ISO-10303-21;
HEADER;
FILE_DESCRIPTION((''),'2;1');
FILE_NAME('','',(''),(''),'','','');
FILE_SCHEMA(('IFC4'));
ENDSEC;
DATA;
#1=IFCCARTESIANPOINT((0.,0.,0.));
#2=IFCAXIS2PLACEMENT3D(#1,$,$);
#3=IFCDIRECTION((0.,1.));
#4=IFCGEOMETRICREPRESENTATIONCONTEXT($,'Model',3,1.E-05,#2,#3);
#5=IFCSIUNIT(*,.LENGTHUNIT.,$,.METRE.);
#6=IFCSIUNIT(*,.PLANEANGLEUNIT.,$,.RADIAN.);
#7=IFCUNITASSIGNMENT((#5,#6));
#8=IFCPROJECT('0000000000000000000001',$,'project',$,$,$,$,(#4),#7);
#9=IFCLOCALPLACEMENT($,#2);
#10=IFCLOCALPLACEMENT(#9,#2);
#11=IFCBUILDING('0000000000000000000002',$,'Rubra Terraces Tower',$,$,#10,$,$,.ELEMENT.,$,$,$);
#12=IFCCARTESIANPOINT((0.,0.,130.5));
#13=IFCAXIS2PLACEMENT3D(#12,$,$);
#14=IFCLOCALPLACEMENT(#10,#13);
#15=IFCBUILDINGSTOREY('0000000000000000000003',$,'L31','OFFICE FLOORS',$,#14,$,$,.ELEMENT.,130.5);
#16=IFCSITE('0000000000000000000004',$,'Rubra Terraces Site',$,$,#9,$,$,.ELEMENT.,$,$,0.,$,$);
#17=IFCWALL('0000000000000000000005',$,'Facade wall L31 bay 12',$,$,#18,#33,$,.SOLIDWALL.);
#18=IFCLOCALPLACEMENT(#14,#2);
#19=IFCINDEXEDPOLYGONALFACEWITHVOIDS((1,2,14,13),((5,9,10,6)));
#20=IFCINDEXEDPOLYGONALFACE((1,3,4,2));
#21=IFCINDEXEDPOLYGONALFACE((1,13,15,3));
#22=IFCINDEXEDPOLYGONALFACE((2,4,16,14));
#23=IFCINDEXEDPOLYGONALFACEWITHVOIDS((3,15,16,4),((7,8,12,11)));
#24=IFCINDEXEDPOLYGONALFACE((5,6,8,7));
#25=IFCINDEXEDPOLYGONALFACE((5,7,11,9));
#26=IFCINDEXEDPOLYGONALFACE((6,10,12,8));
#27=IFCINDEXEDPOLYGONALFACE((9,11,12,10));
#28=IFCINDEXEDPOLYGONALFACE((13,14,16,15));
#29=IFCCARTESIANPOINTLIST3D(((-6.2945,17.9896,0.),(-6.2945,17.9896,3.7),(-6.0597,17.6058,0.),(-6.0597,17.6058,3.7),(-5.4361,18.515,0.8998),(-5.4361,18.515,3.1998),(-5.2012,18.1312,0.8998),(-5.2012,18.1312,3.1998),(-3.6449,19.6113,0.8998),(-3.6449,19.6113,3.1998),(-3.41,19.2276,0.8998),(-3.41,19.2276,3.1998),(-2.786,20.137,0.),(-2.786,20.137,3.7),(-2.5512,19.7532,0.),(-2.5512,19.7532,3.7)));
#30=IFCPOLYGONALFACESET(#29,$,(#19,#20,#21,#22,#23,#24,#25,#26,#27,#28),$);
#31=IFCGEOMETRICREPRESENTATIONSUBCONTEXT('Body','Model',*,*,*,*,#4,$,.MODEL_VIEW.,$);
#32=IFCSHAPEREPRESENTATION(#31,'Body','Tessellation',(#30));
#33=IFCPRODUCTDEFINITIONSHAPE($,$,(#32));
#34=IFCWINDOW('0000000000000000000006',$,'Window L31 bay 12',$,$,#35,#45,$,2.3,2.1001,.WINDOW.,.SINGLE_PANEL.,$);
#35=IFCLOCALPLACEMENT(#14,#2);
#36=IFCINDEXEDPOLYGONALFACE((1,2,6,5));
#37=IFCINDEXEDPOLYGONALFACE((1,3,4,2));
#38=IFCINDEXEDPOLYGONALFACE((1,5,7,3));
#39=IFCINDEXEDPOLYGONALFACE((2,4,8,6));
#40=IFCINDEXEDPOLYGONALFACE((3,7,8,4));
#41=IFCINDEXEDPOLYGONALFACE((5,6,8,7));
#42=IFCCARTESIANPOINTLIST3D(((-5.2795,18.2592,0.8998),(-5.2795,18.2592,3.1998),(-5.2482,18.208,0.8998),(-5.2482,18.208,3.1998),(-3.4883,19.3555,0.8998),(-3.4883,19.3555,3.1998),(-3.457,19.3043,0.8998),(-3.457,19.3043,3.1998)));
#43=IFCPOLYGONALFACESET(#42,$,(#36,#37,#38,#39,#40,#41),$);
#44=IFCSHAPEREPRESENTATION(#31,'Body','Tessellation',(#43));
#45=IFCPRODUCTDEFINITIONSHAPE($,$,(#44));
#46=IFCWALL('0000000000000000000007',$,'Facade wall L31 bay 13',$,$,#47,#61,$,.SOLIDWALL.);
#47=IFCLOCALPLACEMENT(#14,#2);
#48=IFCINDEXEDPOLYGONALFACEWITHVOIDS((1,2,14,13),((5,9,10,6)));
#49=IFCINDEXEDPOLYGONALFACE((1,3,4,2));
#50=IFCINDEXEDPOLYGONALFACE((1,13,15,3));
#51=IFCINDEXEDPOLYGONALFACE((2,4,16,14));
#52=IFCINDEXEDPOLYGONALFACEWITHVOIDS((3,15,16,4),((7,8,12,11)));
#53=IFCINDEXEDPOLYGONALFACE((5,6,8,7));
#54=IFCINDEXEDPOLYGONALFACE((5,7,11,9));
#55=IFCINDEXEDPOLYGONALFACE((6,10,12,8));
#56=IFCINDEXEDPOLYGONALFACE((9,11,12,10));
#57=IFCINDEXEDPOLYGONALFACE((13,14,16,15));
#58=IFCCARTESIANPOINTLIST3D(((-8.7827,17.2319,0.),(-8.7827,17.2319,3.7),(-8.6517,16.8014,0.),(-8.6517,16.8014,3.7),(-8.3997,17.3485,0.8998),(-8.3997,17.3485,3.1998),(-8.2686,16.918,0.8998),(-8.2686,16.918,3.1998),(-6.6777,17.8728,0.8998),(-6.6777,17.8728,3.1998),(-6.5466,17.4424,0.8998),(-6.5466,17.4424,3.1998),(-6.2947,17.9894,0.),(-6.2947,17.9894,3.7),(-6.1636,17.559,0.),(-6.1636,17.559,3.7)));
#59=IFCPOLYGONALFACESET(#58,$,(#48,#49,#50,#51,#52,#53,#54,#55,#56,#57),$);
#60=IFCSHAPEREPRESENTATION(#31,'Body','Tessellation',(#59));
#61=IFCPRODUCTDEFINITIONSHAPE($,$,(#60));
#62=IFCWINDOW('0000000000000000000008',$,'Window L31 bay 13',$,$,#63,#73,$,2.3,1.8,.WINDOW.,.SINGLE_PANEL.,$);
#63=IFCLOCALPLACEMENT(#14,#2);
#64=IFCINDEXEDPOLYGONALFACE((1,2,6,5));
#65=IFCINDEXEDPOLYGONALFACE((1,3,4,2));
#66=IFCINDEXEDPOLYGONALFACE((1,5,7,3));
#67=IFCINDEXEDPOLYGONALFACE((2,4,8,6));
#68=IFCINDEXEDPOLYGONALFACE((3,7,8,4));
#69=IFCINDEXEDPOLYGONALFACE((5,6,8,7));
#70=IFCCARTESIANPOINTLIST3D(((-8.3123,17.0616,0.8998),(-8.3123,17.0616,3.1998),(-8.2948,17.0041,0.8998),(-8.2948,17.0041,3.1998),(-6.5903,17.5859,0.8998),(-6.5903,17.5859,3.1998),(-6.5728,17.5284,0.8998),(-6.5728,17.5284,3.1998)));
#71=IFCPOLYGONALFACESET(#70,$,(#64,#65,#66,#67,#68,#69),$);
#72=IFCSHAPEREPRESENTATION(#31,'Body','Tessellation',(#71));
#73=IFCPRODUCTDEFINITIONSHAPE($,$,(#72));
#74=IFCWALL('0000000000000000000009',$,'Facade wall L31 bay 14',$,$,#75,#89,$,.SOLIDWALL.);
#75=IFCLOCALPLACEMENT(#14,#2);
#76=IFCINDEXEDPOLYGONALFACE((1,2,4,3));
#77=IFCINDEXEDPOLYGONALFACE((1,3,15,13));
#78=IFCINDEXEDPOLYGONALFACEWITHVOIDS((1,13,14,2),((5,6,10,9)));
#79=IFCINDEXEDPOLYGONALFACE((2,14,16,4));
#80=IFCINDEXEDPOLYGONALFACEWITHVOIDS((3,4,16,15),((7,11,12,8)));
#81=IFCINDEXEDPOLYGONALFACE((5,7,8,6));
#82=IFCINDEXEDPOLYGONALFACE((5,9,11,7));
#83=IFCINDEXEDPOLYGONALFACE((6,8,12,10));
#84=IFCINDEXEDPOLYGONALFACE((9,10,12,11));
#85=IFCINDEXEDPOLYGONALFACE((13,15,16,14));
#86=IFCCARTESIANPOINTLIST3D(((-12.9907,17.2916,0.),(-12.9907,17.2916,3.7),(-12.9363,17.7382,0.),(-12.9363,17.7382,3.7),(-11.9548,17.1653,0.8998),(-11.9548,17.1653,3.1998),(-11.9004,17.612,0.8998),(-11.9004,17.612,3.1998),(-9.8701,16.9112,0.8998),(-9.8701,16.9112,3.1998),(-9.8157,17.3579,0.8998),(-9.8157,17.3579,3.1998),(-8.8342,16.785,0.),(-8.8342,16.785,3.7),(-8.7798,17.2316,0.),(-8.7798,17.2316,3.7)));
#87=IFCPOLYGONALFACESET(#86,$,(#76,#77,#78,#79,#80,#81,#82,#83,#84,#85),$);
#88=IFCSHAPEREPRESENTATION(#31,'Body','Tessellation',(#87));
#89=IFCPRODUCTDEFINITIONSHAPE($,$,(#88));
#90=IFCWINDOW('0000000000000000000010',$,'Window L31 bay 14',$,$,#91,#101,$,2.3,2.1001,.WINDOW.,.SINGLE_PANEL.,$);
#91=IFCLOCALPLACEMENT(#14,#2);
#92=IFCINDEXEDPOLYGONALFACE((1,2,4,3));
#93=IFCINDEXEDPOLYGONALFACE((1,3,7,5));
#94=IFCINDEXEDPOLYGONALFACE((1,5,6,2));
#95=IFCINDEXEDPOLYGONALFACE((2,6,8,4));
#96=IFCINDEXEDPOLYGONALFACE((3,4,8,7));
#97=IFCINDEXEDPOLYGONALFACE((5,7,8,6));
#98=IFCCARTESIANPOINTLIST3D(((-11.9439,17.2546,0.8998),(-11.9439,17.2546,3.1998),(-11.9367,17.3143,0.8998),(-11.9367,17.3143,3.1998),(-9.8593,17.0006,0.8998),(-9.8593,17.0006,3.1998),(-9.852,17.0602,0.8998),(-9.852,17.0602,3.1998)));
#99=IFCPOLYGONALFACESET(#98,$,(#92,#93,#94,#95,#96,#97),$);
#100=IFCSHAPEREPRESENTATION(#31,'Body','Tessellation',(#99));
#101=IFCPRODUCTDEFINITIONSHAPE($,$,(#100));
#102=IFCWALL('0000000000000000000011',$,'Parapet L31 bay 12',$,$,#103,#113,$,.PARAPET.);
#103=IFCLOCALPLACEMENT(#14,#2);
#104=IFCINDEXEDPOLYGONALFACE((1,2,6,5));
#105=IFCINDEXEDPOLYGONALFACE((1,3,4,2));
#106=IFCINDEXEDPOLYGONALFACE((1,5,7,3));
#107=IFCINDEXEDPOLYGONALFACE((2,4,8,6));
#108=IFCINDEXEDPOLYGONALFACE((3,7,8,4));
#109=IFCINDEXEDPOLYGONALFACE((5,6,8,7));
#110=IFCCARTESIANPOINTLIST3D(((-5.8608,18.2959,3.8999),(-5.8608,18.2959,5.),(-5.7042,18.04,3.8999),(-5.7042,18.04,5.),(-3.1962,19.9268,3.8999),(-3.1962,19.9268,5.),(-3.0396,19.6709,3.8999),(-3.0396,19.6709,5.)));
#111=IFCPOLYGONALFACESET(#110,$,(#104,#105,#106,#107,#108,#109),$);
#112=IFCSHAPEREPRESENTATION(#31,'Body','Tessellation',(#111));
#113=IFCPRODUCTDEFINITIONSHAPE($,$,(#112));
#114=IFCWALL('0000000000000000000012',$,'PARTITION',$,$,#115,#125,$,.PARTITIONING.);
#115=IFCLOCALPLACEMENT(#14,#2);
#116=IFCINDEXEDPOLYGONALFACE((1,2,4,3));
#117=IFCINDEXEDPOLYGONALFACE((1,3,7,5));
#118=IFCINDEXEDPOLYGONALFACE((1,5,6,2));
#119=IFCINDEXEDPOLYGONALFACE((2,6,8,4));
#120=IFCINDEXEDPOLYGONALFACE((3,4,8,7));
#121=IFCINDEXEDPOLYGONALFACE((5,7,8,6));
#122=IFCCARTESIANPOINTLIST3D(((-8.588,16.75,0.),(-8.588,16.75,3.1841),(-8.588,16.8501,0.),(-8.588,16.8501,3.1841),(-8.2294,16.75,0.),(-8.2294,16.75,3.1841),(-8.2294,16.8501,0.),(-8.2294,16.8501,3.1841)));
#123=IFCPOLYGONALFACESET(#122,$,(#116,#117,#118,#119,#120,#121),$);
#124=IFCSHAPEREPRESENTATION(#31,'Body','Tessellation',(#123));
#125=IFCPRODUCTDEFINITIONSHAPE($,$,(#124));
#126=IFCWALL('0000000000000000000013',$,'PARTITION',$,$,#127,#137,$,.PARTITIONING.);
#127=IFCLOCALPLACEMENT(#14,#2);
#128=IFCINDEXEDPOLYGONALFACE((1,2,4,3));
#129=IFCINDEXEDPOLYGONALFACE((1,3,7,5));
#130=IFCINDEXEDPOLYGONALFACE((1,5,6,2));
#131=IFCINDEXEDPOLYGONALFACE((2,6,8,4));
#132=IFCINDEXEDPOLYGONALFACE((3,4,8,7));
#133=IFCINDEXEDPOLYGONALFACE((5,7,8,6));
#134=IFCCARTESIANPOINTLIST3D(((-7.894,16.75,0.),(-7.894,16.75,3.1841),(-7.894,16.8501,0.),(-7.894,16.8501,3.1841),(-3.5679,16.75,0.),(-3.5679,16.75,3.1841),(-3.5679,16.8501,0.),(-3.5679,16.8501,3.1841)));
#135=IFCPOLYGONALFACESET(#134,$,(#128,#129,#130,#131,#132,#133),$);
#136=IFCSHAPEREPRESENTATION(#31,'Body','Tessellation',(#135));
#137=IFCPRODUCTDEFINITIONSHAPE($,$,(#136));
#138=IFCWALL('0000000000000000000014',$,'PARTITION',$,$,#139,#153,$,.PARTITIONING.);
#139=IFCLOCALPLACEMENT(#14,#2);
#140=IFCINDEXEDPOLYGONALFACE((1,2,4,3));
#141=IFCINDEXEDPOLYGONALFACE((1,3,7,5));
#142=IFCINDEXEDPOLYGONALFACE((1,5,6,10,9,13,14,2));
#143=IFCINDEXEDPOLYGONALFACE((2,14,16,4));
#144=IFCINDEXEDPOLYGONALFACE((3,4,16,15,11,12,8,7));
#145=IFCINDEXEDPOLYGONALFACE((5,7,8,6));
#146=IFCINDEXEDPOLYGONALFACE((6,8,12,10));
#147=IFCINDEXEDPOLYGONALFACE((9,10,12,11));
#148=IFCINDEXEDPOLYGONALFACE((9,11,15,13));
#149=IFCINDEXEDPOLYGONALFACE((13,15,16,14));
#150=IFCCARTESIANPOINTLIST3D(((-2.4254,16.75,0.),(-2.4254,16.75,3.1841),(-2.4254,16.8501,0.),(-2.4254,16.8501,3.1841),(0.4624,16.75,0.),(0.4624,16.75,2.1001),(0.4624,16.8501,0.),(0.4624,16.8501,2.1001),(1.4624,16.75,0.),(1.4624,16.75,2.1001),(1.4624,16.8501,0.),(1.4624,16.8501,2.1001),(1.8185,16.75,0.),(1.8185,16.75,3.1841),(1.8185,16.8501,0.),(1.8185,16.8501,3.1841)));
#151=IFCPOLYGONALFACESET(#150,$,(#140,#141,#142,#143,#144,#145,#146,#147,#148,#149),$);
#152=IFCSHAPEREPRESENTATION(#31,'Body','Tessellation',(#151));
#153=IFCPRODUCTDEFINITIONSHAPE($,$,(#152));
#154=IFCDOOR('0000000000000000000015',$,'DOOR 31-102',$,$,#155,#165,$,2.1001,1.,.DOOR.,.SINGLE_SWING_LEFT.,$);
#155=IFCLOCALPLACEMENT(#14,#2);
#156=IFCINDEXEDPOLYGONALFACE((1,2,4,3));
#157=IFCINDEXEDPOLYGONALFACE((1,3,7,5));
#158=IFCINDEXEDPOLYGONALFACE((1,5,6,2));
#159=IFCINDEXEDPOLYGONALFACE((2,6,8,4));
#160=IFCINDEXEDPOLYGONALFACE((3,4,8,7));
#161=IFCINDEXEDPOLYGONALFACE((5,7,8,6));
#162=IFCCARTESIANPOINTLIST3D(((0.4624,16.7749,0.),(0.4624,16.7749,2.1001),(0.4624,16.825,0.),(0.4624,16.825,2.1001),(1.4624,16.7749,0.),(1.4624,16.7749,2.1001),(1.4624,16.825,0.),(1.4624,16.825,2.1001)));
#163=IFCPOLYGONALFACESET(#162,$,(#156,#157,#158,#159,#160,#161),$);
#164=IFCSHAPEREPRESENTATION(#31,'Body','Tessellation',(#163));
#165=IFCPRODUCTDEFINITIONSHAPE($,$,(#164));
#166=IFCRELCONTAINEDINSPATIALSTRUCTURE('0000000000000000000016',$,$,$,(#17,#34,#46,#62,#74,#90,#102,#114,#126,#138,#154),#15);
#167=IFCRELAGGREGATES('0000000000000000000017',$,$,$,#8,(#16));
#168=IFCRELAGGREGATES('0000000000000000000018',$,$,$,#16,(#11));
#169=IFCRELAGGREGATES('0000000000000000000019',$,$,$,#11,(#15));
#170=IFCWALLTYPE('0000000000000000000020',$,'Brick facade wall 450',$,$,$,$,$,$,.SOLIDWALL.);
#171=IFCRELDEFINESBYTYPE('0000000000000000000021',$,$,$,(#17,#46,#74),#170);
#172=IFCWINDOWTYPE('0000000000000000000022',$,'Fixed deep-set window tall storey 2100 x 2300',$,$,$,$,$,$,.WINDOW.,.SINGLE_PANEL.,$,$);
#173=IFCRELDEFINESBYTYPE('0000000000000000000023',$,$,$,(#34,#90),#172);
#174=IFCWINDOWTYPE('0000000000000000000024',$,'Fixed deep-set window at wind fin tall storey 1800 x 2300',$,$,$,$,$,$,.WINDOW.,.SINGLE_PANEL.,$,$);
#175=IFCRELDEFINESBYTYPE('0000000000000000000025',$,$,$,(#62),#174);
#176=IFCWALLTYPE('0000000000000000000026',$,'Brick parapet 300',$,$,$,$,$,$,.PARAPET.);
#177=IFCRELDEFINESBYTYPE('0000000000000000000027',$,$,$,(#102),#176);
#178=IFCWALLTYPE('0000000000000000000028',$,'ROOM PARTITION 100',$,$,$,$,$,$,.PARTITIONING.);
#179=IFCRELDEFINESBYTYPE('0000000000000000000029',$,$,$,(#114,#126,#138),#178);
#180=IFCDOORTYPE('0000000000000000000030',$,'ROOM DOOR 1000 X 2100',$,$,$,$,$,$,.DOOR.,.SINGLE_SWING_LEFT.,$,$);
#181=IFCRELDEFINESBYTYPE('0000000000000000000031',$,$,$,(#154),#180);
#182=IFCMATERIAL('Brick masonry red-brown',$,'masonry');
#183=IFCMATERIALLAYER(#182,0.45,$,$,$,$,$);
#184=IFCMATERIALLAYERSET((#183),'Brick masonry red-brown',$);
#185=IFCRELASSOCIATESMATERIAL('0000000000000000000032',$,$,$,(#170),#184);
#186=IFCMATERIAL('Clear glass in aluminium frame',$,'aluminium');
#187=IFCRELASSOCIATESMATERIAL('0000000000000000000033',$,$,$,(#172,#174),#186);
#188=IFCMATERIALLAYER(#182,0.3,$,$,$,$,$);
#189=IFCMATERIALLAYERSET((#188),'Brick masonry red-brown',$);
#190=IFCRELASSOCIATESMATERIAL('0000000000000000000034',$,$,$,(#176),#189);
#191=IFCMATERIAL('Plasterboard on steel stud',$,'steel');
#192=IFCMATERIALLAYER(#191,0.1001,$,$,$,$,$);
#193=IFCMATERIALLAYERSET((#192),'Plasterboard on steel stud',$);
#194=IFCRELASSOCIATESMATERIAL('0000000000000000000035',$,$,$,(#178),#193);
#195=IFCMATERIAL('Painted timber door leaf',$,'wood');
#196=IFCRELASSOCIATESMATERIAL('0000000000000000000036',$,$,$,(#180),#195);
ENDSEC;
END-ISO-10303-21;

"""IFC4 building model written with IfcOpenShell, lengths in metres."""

from ifc_helpers import new_model, si_unit, direction, frame, frame_2d, origin, place, context, subcontext, project, spatial, rectangle, extrude, material, layer, layer_set, type_object, element, fill, save


model = new_model("IFC4")

# Units and contexts
model_context = context("Model", 3, precision=1e-05, world=origin(), true_north=direction((0.0, 1.0)))
body_context = subcontext(model_context, "Body", "Model", "MODEL_VIEW")
ifc_project = project(units=[si_unit("LENGTHUNIT", "METRE"), si_unit("PLANEANGLEUNIT", "RADIAN")], contexts=[model_context])

# Site, building, storey
site_placement = place(None, origin())
site = spatial("IfcSite", under=ifc_project, at=site_placement, Name="Rubra Terraces Site", CompositionType="ELEMENT", RefElevation=0.0)
building_placement = place(site_placement, origin())
building = spatial("IfcBuilding", under=site, at=building_placement, Name="Rubra Terraces Tower", CompositionType="ELEMENT")
storey_placement = place(building_placement, frame((0.0, 0.0, 130.5)))
storey = spatial("IfcBuildingStorey", under=building, at=storey_placement, Name="L31", Description="OFFICE FLOORS", CompositionType="ELEMENT", Elevation=130.5)

# Walls, openings, windows
ifc_material_1 = material(Name="Brick masonry red-brown", Category="masonry")
ifc_layer_1 = layer(ifc_material_1, 0.45)
ifc_layer_set_1 = layer_set([ifc_layer_1], Name="Brick masonry red-brown")
wall_type_1 = type_object("IfcWallType", Name="Brick facade wall 450", PredefinedType="SOLIDWALL", material=ifc_layer_set_1)
wall_1_placement = place(storey_placement, frame((-2.6687, 19.9451, 0.0), z_axis=(0.0, 0.0, 1.0), x_axis=(-0.852919, -0.522043, 0.0)))
wall_1 = element("IfcWall", 1, at=wall_1_placement, inside=storey, type_object=wall_type_1, Name="Facade wall L31 bay 12", PredefinedType="SOLIDWALL", context=body_context, shape_type="SweptSolid", body=[
    extrude(rectangle(XDim=4.1135, YDim=0.45, at=frame_2d((2.0566, 0.0))), origin(), (0.0, 0.0, 1.0), 3.7),
])
opening_1_placement = place(wall_1_placement, frame((1.0068, 0.0, 0.8999)))
opening_1 = element("IfcOpeningElement", 2, at=opening_1_placement, cuts=wall_1, PredefinedType="OPENING", context=body_context, shape_type="SweptSolid", body=[
    extrude(rectangle(XDim=2.1001, YDim=2.3, at=frame_2d((1.05, 1.1499))), frame((0.0, 0.2349, 0.0), z_axis=(0.0, -1.0, 0.0), x_axis=(1.0, 0.0, 0.0)), (0.0, 0.0, 1.0), 0.47),
])
ifc_material_2 = material(Name="Clear glass in aluminium frame", Category="aluminium")
window_type_1 = type_object("IfcWindowType", Name="Fixed deep-set window tall storey 2100 x 2300", PartitioningType="SINGLE_PANEL", PredefinedType="WINDOW", material=ifc_material_2)
window_1_placement = place(opening_1_placement, origin())
window_1 = element("IfcWindow", 3, at=window_1_placement, inside=storey, type_object=window_type_1, Name="Window L31 bay 12", OverallHeight=2.3, OverallWidth=2.1001, PartitioningType="SINGLE_PANEL", PredefinedType="WINDOW", context=body_context, shape_type="SweptSolid", body=[
    extrude(rectangle(XDim=2.1001, YDim=2.3, at=frame_2d((1.05, 1.1499))), frame((0.0, 0.135, 0.0), z_axis=(0.0, -1.0, 0.0), x_axis=(1.0, 0.0, 0.0)), (0.0, 0.0, 1.0), 0.0601),
])
fill(opening_1, window_1)
wall_2_placement = place(storey_placement, frame((-6.2292, 17.7742, 0.0), z_axis=(0.0, 0.0, 1.0), x_axis=(-0.956637, -0.291281, 0.0)))
wall_2 = element("IfcWall", 4, at=wall_2_placement, inside=storey, type_object=wall_type_1, Name="Facade wall L31 bay 13", PredefinedType="SOLIDWALL", context=body_context, shape_type="SweptSolid", body=[
    extrude(rectangle(XDim=2.6008, YDim=0.45, at=frame_2d((1.3003, 0.0))), origin(), (0.0, 0.0, 1.0), 3.7),
])
opening_2_placement = place(wall_2_placement, frame((0.4004, 0.0, 0.8999)))
opening_2 = element("IfcOpeningElement", 5, at=opening_2_placement, cuts=wall_2, PredefinedType="OPENING", context=body_context, shape_type="SweptSolid", body=[
    extrude(rectangle(XDim=1.8, YDim=2.3, at=frame_2d((0.8999, 1.1499))), frame((0.0, 0.2349, 0.0), z_axis=(0.0, -1.0, 0.0), x_axis=(1.0, 0.0, 0.0)), (0.0, 0.0, 1.0), 0.47),
])
window_type_2 = type_object("IfcWindowType", Name="Fixed deep-set window at wind fin tall storey 1800 x 2300", PartitioningType="SINGLE_PANEL", PredefinedType="WINDOW", material=ifc_material_2)
window_2_placement = place(opening_2_placement, origin())
window_2 = element("IfcWindow", 6, at=window_2_placement, inside=storey, type_object=window_type_2, Name="Window L31 bay 13", OverallHeight=2.3, OverallWidth=1.8, PartitioningType="SINGLE_PANEL", PredefinedType="WINDOW", context=body_context, shape_type="SweptSolid", body=[
    extrude(rectangle(XDim=1.8, YDim=2.3, at=frame_2d((0.8999, 1.1499))), frame((0.0, 0.135, 0.0), z_axis=(0.0, -1.0, 0.0), x_axis=(1.0, 0.0, 0.0)), (0.0, 0.0, 1.0), 0.0601),
])
fill(opening_2, window_2)
wall_3_placement = place(storey_placement, frame((-8.8069, 17.0083, 0.0), z_axis=(0.0, 0.0, 1.0), x_axis=(-0.992654, 0.120984, 0.0)))
wall_3 = element("IfcWall", 7, at=wall_3_placement, inside=storey, type_object=wall_type_1, Name="Facade wall L31 bay 14", PredefinedType="SOLIDWALL", context=body_context, shape_type="SweptSolid", body=[
    extrude(rectangle(XDim=4.1873, YDim=0.45, at=frame_2d((2.0938, 0.0))), origin(), (0.0, 0.0, 1.0), 3.7),
])
opening_3_placement = place(wall_3_placement, frame((1.0437, 0.0, 0.8999)))
opening_3 = element("IfcOpeningElement", 8, at=opening_3_placement, cuts=wall_3, PredefinedType="OPENING", context=body_context, shape_type="SweptSolid", body=[
    extrude(rectangle(XDim=2.1001, YDim=2.3, at=frame_2d((1.05, 1.1499))), frame((0.0, 0.2349, 0.0), z_axis=(0.0, -1.0, 0.0), x_axis=(1.0, 0.0, 0.0)), (0.0, 0.0, 1.0), 0.47),
])
window_3_placement = place(opening_3_placement, origin())
window_3 = element("IfcWindow", 9, at=window_3_placement, inside=storey, type_object=window_type_1, Name="Window L31 bay 14", OverallHeight=2.3, OverallWidth=2.1001, PartitioningType="SINGLE_PANEL", PredefinedType="WINDOW", context=body_context, shape_type="SweptSolid", body=[
    extrude(rectangle(XDim=2.1001, YDim=2.3, at=frame_2d((1.05, 1.1499))), frame((0.0, 0.135, 0.0), z_axis=(0.0, -1.0, 0.0), x_axis=(1.0, 0.0, 0.0)), (0.0, 0.0, 1.0), 0.0601),
])
fill(opening_3, window_3)

# Walls
ifc_layer_2 = layer(ifc_material_1, 0.3)
ifc_layer_set_2 = layer_set([ifc_layer_2], Name="Brick masonry red-brown")
wall_type_2 = type_object("IfcWallType", Name="Brick parapet 300", PredefinedType="PARAPET", material=ifc_layer_set_2)
wall_4_placement = place(storey_placement, frame((-3.1179, 19.7988, 3.8999), z_axis=(0.0, 0.0, 1.0), x_axis=(-0.852922, -0.522038, 0.0)))
element("IfcWall", 10, at=wall_4_placement, inside=storey, type_object=wall_type_2, Name="Parapet L31 bay 12", PredefinedType="PARAPET", context=body_context, shape_type="SweptSolid", body=[
    extrude(rectangle(XDim=3.124, YDim=0.3, at=frame_2d((1.562, 0.0))), origin(), (0.0, 0.0, 1.0), 1.1001),
])
ifc_material_3 = material(Name="Plasterboard on steel stud", Category="steel")
ifc_layer_3 = layer(ifc_material_3, 0.1001)
ifc_layer_set_3 = layer_set([ifc_layer_3], Name="Plasterboard on steel stud")
wall_type_3 = type_object("IfcWallType", Name="ROOM PARTITION 100", PredefinedType="PARTITIONING", material=ifc_layer_set_3)
wall_5_placement = place(storey_placement, frame((-8.5879, 16.8, 0.0), z_axis=(0.0, 0.0, 1.0), x_axis=(1.0, 0.0, 0.0)))
element("IfcWall", 11, at=wall_5_placement, inside=storey, type_object=wall_type_3, Name="PARTITION", PredefinedType="PARTITIONING", context=body_context, shape_type="SweptSolid", body=[
    extrude(rectangle(XDim=0.3586, YDim=0.1001, at=frame_2d((0.1792, 0.0))), origin(), (0.0, 0.0, 1.0), 3.1841),
])
wall_6_placement = place(storey_placement, frame((-7.894, 16.8, 0.0), z_axis=(0.0, 0.0, 1.0), x_axis=(1.0, 0.0, 0.0)))
element("IfcWall", 12, at=wall_6_placement, inside=storey, type_object=wall_type_3, Name="PARTITION", PredefinedType="PARTITIONING", context=body_context, shape_type="SweptSolid", body=[
    extrude(rectangle(XDim=4.3262, YDim=0.1001, at=frame_2d((2.1631, 0.0))), origin(), (0.0, 0.0, 1.0), 3.1841),
])

# Wall, opening, door
wall_7_placement = place(storey_placement, frame((-2.4255, 16.8, 0.0), z_axis=(0.0, 0.0, 1.0), x_axis=(1.0, 0.0, 0.0)))
wall_7 = element("IfcWall", 13, at=wall_7_placement, inside=storey, type_object=wall_type_3, Name="PARTITION", PredefinedType="PARTITIONING", context=body_context, shape_type="SweptSolid", body=[
    extrude(rectangle(XDim=4.2439, YDim=0.1001, at=frame_2d((2.1221, 0.0))), origin(), (0.0, 0.0, 1.0), 3.1841),
])
opening_4_placement = place(wall_7_placement, frame((2.8879, 0.0, 0.0)))
opening_4 = element("IfcOpeningElement", 14, at=opening_4_placement, cuts=wall_7, PredefinedType="OPENING", context=body_context, shape_type="SweptSolid", body=[
    extrude(rectangle(XDim=1.0, YDim=2.1001, at=frame_2d((0.5, 1.05))), frame((0.0, 0.0601, 0.0), z_axis=(0.0, -1.0, 0.0), x_axis=(1.0, 0.0, 0.0)), (0.0, 0.0, 1.0), 0.1201),
])
ifc_material_4 = material(Name="Painted timber door leaf", Category="wood")
door_type = type_object("IfcDoorType", Name="ROOM DOOR 1000 X 2100", OperationType="SINGLE_SWING_LEFT", PredefinedType="DOOR", material=ifc_material_4)
door_placement = place(opening_4_placement, origin())
door = element("IfcDoor", 15, at=door_placement, inside=storey, type_object=door_type, Name="DOOR 31-102", OperationType="SINGLE_SWING_LEFT", OverallHeight=2.1001, OverallWidth=1.0, PredefinedType="DOOR", context=body_context, shape_type="SweptSolid", body=[
    extrude(rectangle(XDim=1.0, YDim=2.1001, at=frame_2d((0.5, 1.05))), frame((0.0, 0.0249, 0.0), z_axis=(0.0, -1.0, 0.0), x_axis=(1.0, 0.0, 0.0)), (0.0, 0.0, 1.0), 0.05),
])
fill(opening_4, door)

save(model, "model.ifc")
